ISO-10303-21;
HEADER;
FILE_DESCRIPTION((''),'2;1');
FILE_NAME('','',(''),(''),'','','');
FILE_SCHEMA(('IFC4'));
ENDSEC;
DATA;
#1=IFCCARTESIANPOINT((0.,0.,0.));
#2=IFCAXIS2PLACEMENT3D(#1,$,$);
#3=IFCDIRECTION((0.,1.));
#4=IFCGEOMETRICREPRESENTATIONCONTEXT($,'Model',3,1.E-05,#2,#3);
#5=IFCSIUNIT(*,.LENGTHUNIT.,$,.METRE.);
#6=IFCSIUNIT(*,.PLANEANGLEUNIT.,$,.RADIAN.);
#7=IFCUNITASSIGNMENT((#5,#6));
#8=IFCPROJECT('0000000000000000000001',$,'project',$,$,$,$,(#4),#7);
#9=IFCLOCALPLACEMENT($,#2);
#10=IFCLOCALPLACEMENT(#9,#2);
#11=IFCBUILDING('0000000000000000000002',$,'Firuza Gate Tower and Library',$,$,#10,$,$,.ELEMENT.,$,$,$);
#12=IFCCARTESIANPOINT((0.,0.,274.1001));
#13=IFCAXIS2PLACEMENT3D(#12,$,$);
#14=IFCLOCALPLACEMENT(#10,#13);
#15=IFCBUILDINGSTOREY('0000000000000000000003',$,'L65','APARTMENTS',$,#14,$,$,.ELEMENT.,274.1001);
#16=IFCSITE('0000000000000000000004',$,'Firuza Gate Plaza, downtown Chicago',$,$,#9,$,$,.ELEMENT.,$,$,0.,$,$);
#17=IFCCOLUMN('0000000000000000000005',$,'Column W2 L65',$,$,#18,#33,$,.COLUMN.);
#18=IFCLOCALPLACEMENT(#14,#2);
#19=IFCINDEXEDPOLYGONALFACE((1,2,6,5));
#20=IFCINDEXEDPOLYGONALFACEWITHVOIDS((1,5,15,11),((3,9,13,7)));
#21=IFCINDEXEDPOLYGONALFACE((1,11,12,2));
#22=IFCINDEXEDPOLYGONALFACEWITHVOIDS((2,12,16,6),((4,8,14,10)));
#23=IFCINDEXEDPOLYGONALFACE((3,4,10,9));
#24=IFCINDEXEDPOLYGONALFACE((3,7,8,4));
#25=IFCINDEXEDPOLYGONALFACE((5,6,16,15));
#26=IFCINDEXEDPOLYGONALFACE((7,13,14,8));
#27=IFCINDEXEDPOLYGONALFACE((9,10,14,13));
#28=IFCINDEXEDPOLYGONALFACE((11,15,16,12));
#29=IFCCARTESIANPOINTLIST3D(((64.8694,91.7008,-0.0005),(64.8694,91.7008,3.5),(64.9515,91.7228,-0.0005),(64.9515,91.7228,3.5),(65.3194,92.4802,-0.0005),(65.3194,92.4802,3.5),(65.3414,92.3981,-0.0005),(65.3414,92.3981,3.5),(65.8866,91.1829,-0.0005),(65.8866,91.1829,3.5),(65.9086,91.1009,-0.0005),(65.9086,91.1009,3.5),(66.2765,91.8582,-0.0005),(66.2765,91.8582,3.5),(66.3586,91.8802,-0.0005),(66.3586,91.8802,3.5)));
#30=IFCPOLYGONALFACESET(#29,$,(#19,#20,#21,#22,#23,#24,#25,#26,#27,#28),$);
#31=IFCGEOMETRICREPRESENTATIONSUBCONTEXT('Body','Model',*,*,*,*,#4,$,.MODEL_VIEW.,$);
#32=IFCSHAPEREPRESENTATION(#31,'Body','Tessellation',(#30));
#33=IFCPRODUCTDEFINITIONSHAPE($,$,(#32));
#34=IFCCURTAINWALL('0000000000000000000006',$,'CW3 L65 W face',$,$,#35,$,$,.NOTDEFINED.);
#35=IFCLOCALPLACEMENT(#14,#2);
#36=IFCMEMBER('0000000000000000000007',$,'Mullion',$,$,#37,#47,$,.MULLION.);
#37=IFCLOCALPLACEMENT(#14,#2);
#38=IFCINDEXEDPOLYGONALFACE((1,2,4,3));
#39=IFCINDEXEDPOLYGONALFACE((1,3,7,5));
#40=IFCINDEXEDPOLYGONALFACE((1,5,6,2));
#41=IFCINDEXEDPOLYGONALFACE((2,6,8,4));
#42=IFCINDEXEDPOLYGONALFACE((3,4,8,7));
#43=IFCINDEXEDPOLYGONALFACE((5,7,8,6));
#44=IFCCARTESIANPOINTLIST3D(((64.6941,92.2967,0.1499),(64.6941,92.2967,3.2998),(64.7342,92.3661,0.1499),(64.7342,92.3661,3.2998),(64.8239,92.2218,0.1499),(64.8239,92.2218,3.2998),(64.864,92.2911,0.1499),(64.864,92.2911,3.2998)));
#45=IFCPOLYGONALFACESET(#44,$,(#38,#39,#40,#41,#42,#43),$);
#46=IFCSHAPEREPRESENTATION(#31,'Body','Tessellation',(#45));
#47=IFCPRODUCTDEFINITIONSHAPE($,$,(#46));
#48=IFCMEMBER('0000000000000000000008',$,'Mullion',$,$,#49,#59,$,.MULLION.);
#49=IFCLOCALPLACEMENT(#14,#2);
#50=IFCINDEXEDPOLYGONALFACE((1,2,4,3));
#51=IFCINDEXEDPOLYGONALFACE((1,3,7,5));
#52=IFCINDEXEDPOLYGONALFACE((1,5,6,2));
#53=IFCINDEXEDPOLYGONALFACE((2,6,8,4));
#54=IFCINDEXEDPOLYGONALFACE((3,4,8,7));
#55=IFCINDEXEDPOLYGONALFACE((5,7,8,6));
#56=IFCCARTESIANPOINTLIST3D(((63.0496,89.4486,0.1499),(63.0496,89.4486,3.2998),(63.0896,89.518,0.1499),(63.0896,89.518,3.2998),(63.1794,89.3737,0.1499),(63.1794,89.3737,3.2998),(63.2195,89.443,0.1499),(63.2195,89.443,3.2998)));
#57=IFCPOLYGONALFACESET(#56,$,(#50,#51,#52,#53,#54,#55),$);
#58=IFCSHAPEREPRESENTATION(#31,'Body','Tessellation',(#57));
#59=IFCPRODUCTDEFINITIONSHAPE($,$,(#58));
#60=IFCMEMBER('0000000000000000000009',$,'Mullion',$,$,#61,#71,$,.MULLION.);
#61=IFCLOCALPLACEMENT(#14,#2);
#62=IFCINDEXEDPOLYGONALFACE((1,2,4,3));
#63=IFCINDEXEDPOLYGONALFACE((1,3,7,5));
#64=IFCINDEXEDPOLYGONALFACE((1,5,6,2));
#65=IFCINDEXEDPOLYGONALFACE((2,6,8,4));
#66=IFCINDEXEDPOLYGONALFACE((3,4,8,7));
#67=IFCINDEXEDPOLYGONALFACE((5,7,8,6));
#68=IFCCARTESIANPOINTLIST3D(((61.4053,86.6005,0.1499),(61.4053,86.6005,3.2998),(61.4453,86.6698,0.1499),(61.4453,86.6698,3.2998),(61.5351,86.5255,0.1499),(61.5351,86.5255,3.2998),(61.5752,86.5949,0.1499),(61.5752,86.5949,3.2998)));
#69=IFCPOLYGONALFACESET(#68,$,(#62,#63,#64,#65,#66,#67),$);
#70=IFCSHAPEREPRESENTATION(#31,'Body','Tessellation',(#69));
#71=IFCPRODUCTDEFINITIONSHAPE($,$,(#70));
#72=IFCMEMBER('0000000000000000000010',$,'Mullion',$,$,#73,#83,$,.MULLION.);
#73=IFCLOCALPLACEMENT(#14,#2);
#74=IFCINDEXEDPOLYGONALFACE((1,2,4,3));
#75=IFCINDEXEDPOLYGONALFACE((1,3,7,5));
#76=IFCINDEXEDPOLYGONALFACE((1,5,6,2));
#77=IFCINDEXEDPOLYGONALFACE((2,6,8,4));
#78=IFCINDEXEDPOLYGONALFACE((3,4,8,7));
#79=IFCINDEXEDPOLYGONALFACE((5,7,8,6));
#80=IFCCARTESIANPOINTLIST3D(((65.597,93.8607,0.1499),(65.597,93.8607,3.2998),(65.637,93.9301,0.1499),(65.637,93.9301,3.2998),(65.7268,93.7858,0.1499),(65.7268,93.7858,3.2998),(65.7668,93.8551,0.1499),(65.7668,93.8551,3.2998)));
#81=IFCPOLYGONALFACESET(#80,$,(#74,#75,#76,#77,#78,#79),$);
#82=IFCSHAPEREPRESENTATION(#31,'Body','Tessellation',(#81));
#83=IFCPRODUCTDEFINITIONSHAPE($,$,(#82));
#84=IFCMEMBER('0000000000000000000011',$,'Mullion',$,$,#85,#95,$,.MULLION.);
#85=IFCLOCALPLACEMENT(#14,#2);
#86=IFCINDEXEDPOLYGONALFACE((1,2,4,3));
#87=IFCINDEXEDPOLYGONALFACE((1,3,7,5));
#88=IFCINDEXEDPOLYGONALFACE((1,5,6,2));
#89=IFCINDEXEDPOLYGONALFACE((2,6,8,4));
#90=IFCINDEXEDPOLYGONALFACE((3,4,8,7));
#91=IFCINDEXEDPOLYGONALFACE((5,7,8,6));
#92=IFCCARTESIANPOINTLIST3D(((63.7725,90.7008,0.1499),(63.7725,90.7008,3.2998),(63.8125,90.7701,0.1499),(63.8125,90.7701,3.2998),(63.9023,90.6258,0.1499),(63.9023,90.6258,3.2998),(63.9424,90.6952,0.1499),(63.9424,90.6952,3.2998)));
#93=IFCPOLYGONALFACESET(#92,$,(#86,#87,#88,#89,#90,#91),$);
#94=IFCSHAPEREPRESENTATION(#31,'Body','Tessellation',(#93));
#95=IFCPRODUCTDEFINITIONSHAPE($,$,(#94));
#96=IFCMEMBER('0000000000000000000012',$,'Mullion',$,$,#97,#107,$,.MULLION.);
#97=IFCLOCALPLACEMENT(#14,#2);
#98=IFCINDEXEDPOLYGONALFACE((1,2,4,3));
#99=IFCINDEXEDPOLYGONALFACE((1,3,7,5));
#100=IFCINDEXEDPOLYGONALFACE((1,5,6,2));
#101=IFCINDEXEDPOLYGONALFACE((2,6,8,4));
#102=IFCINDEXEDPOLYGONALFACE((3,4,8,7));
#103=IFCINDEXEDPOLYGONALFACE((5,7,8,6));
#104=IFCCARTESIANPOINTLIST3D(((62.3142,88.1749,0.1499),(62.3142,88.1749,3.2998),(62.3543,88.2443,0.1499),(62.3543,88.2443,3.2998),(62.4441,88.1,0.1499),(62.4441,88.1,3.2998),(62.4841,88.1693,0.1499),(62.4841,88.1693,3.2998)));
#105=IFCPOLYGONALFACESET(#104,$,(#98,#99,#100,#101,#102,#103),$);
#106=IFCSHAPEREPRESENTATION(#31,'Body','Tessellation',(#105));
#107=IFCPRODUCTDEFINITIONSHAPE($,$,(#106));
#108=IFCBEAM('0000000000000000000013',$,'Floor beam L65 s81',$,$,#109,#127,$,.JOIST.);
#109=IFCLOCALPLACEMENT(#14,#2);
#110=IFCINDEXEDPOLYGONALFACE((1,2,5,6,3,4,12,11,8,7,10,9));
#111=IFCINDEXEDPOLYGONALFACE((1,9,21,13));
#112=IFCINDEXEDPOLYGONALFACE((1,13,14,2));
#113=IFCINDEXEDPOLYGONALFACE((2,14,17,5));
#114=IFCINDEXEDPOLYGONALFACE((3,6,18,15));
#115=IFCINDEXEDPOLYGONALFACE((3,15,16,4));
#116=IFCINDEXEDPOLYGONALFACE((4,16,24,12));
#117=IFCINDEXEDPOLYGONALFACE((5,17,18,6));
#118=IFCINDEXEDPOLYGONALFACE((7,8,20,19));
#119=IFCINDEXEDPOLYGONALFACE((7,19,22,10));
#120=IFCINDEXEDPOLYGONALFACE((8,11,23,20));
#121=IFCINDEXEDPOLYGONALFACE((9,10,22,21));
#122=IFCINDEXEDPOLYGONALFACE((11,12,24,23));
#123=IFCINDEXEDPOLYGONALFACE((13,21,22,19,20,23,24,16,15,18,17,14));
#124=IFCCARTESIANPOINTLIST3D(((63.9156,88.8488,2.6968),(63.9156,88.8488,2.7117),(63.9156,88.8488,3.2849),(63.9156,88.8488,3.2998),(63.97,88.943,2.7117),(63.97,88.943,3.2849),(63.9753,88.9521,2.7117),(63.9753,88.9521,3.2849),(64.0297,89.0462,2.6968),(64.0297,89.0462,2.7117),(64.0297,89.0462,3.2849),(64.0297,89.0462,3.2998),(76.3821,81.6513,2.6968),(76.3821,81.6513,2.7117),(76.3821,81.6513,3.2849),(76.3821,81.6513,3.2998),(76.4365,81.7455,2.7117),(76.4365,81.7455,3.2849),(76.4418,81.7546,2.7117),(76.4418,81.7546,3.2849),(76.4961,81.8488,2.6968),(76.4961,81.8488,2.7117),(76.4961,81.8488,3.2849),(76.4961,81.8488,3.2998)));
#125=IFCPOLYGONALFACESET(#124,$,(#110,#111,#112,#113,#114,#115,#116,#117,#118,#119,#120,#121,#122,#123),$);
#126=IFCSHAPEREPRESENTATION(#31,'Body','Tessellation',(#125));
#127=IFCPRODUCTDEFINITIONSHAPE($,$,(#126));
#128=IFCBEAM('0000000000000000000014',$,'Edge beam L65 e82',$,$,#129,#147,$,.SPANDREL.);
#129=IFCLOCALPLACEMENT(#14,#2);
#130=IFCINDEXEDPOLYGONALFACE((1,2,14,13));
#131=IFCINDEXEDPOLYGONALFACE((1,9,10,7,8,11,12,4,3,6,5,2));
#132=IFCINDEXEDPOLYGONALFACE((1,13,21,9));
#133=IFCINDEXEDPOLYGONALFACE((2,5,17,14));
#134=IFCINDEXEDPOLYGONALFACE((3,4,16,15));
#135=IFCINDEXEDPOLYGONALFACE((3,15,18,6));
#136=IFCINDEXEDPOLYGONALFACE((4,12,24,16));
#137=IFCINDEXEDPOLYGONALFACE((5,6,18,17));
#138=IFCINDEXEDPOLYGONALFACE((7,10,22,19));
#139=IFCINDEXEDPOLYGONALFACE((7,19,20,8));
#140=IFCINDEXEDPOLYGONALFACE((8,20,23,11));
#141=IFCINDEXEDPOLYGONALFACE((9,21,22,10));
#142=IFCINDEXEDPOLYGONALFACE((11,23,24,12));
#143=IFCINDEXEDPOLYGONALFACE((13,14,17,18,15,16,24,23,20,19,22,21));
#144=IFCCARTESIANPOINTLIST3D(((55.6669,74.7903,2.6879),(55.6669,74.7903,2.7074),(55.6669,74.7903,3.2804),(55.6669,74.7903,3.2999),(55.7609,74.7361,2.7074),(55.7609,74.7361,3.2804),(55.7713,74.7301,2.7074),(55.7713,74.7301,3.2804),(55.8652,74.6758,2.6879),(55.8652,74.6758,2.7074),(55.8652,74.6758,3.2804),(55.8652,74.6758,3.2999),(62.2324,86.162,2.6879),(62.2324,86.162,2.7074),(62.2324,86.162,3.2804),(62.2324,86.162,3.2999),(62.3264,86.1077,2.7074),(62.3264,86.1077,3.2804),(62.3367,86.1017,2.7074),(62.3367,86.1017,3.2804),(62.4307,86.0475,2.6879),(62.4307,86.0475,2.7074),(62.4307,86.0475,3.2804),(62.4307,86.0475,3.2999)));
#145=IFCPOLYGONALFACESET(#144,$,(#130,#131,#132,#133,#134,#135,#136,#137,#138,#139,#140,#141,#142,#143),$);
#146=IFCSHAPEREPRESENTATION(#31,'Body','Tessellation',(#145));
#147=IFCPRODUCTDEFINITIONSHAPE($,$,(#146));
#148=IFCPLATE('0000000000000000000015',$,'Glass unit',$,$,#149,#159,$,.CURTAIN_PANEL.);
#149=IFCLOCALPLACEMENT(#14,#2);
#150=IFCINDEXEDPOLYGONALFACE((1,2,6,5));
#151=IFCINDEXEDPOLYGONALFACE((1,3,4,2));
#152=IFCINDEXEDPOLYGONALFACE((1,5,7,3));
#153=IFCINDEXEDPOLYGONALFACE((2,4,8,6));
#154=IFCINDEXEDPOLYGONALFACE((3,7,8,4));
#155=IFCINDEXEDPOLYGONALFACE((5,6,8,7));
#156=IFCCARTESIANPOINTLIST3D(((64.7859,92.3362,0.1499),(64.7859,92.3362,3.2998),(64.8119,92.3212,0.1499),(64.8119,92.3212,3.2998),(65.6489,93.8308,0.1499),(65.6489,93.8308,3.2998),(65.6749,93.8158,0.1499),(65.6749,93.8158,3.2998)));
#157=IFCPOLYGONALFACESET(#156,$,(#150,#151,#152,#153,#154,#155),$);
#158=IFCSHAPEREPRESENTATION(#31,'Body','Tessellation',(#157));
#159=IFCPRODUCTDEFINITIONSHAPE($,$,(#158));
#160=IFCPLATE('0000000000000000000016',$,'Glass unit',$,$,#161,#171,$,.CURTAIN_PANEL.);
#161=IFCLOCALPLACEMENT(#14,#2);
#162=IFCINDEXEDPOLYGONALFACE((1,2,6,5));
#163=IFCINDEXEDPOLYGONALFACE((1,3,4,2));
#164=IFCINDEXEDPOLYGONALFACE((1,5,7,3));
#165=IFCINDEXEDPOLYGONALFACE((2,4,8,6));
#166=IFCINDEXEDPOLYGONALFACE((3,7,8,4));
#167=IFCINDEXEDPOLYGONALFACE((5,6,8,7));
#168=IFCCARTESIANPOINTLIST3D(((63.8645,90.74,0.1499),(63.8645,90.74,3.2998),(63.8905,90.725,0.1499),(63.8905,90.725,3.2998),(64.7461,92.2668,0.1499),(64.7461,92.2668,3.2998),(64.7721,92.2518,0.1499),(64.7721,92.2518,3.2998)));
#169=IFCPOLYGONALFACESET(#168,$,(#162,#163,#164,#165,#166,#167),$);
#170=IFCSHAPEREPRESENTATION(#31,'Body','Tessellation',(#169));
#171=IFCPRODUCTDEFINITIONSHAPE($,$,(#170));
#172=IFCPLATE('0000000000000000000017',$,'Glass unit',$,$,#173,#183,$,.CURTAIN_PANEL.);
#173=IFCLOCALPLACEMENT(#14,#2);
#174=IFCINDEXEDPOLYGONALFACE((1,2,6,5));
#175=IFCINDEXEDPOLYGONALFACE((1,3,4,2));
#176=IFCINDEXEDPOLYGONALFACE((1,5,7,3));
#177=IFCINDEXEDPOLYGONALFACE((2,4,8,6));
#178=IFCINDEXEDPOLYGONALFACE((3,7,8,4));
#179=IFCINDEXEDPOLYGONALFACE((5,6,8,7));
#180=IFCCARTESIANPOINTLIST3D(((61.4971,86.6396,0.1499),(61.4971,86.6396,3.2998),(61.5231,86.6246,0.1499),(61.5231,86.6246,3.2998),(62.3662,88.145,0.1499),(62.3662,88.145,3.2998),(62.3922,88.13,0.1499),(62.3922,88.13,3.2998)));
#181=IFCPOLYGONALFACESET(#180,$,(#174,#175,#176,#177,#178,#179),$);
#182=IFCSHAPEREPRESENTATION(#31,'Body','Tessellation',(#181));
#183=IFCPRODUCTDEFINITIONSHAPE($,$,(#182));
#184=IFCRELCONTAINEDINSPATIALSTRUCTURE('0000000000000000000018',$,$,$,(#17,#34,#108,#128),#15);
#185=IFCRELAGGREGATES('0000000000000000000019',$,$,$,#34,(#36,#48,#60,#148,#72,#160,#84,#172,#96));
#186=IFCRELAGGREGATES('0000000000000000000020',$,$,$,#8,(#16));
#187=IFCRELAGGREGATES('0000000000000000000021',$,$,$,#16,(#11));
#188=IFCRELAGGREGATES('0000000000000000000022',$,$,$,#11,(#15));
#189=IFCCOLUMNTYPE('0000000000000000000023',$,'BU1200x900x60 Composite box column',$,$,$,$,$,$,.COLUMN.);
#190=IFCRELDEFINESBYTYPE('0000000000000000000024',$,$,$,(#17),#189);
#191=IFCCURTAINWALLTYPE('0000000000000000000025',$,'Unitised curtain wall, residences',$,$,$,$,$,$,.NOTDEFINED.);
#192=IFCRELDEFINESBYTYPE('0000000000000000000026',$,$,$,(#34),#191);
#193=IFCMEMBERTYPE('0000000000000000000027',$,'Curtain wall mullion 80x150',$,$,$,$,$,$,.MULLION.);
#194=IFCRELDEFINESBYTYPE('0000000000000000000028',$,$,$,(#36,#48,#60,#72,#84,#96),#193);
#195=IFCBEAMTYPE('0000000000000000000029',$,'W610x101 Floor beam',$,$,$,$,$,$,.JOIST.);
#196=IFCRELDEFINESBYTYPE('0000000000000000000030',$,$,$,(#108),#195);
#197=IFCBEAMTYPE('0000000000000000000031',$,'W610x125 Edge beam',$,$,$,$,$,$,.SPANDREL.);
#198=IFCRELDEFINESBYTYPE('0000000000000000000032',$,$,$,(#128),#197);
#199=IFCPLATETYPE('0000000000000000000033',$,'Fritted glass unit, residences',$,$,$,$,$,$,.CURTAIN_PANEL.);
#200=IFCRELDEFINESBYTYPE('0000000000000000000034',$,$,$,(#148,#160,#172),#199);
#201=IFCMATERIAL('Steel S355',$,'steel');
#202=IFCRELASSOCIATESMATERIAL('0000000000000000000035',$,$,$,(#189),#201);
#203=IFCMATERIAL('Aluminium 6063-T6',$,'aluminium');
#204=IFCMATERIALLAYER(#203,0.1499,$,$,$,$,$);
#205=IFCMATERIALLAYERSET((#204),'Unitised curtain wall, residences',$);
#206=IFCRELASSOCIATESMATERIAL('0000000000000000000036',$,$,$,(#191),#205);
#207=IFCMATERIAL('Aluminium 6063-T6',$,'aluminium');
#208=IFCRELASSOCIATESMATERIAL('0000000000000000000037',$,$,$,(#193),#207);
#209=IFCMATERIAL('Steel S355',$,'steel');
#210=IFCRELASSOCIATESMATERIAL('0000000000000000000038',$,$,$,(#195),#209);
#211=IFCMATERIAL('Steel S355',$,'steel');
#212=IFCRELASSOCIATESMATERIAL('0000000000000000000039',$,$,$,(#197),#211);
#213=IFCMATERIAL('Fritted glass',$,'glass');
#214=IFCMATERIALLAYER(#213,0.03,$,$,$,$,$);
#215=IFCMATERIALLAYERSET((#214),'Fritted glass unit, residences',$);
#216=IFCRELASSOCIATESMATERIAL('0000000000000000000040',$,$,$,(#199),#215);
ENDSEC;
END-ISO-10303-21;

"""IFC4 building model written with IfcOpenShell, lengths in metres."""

from ifc_helpers import new_model, si_unit, direction, frame, origin, origin_2d, place, context, subcontext, project, spatial, polyline, rectangle, hollow_rectangle, i_section, outline, extrude, material, layer, layer_set, material_profile, profile_set, type_object, element, aggregate, save


model = new_model("IFC4")

# Units and contexts
model_context = context("Model", 3, precision=1e-05, world=origin(), true_north=direction((0.0, 1.0)))
body_context = subcontext(model_context, "Body", "Model", "MODEL_VIEW")
ifc_project = project(units=[si_unit("LENGTHUNIT", "METRE"), si_unit("PLANEANGLEUNIT", "RADIAN")], contexts=[model_context])

# Site, building, storey
site_placement = place(None, origin())
site = spatial("IfcSite", under=ifc_project, at=site_placement, Name="Firuza Gate Plaza, downtown Chicago", CompositionType="ELEMENT", RefElevation=0.0)
building_placement = place(site_placement, origin())
building = spatial("IfcBuilding", under=site, at=building_placement, Name="Firuza Gate Tower and Library", CompositionType="ELEMENT")
storey_placement = place(building_placement, frame((0.0, 0.0, 274.1001)))
storey = spatial("IfcBuildingStorey", under=building, at=storey_placement, Name="L65", Description="APARTMENTS", CompositionType="ELEMENT", Elevation=274.1001)

# Column
ifc_material_1 = material(Name="Steel S355", Category="steel")
ifc_material_profile_1 = material_profile(ifc_material_1, hollow_rectangle(XDim=0.8999, YDim=1.2, WallThickness=0.0601, at=origin_2d()))
ifc_profile_set_1 = profile_set([ifc_material_profile_1], Name="Steel S355")
column_type = type_object("IfcColumnType", Name="BU1200x900x60 Composite box column", PredefinedType="COLUMN", material=ifc_profile_set_1)
column_placement = place(storey_placement, frame((65.614, 91.7905, -0.0005), z_axis=(0.0, 0.0, 1.0), x_axis=(-0.5, -0.866025, 0.0)))
element("IfcColumn", 1, at=column_placement, inside=storey, type_object=column_type, Name="Column W2 L65", PredefinedType="COLUMN", context=body_context, shape_type="SweptSolid", body=[
    extrude(hollow_rectangle(XDim=0.8999, YDim=1.2, WallThickness=0.0601, at=origin_2d()), origin(), (0.0, 0.0, 1.0), 3.5005),
])

# Curtain wall, members
ifc_material_2 = material(Name="Aluminium 6063-T6", Category="aluminium")
ifc_layer_1 = layer(ifc_material_2, 0.1499)
ifc_layer_set_1 = layer_set([ifc_layer_1], Name="Unitised curtain wall, residences")
curtain_wall_type = type_object("IfcCurtainWallType", Name="Unitised curtain wall, residences", PredefinedType="NOTDEFINED", material=ifc_layer_set_1)
placement = place(storey_placement, origin())
curtain_wall = element("IfcCurtainWall", 2, at=placement, inside=storey, type_object=curtain_wall_type, Name="CW3 L65 W face", PredefinedType="NOTDEFINED")
ifc_material_3 = material(Name="Aluminium 6063-T6", Category="aluminium")
ifc_material_profile_2 = material_profile(ifc_material_3, rectangle(XDim=0.1499, YDim=0.0801, at=origin_2d()))
ifc_profile_set_2 = profile_set([ifc_material_profile_2], Name="Aluminium 6063-T6")
member_type = type_object("IfcMemberType", Name="Curtain wall mullion 80x150", PredefinedType="MULLION", material=ifc_profile_set_2)
member_1_placement = place(storey_placement, frame((64.7791, 92.2939, 0.1499), z_axis=(0.0, 0.0, 1.0), x_axis=(0.866025, -0.5, 0.0)))
member_1 = element("IfcMember", 3, at=member_1_placement, type_object=member_type, Name="Mullion", PredefinedType="MULLION", context=body_context, shape_type="SweptSolid", body=[
    extrude(rectangle(XDim=0.1499, YDim=0.0801, at=origin_2d()), origin(), (0.0, 0.0, 1.0), 3.1499),
])
member_2_placement = place(storey_placement, frame((63.1345, 89.4458, 0.1499), z_axis=(0.0, 0.0, 1.0), x_axis=(0.866025, -0.5, 0.0)))
member_2 = element("IfcMember", 4, at=member_2_placement, type_object=member_type, Name="Mullion", PredefinedType="MULLION", context=body_context, shape_type="SweptSolid", body=[
    extrude(rectangle(XDim=0.1499, YDim=0.0801, at=origin_2d()), origin(), (0.0, 0.0, 1.0), 3.1499),
])
member_3_placement = place(storey_placement, frame((61.4902, 86.5977, 0.1499), z_axis=(0.0, 0.0, 1.0), x_axis=(0.866025, -0.5, 0.0)))
member_3 = element("IfcMember", 5, at=member_3_placement, type_object=member_type, Name="Mullion", PredefinedType="MULLION", context=body_context, shape_type="SweptSolid", body=[
    extrude(rectangle(XDim=0.1499, YDim=0.0801, at=origin_2d()), origin(), (0.0, 0.0, 1.0), 3.1499),
])
member_4_placement = place(storey_placement, frame((65.6819, 93.8579, 0.1499), z_axis=(0.0, 0.0, 1.0), x_axis=(0.866025, -0.5, 0.0)))
member_4 = element("IfcMember", 6, at=member_4_placement, type_object=member_type, Name="Mullion", PredefinedType="MULLION", context=body_context, shape_type="SweptSolid", body=[
    extrude(rectangle(XDim=0.1499, YDim=0.0801, at=origin_2d()), origin(), (0.0, 0.0, 1.0), 3.1499),
])
member_5_placement = place(storey_placement, frame((63.8574, 90.698, 0.1499), z_axis=(0.0, 0.0, 1.0), x_axis=(0.866025, -0.5, 0.0)))
member_5 = element("IfcMember", 7, at=member_5_placement, type_object=member_type, Name="Mullion", PredefinedType="MULLION", context=body_context, shape_type="SweptSolid", body=[
    extrude(rectangle(XDim=0.1499, YDim=0.0801, at=origin_2d()), origin(), (0.0, 0.0, 1.0), 3.1499),
])
member_6_placement = place(storey_placement, frame((62.3992, 88.1721, 0.1499), z_axis=(0.0, 0.0, 1.0), x_axis=(0.866025, -0.5, 0.0)))
member_6 = element("IfcMember", 8, at=member_6_placement, type_object=member_type, Name="Mullion", PredefinedType="MULLION", context=body_context, shape_type="SweptSolid", body=[
    extrude(rectangle(XDim=0.1499, YDim=0.0801, at=origin_2d()), origin(), (0.0, 0.0, 1.0), 3.1499),
])

# Beams
ifc_material_4 = material(Name="Steel S355", Category="steel")
ifc_material_profile_3 = material_profile(ifc_material_4, i_section(OverallWidth=0.228, OverallDepth=0.603, WebThickness=0.0105, FlangeThickness=0.0149, at=origin_2d()))
ifc_profile_set_3 = profile_set([ifc_material_profile_3], Name="Steel S355")
beam_type_1 = type_object("IfcBeamType", Name="W610x101 Floor beam", PredefinedType="JOIST", material=ifc_profile_set_3)
beam_1_placement = place(storey_placement, frame((63.9727, 88.9475, 2.9983), z_axis=(0.866027, -0.499997, 0.0), x_axis=(0.499997, 0.866027, 0.0)))
element("IfcBeam", 9, at=beam_1_placement, inside=storey, type_object=beam_type_1, Name="Floor beam L65 s81", PredefinedType="JOIST", context=body_context, shape_type="SweptSolid", body=[
    extrude(i_section(OverallWidth=0.228, OverallDepth=0.603, WebThickness=0.0105, FlangeThickness=0.0149, at=origin_2d()), origin(), (0.0, 0.0, 1.0), 14.395),
])
ifc_material_5 = material(Name="Steel S355", Category="steel")
ifc_material_profile_4 = material_profile(ifc_material_5, i_section(OverallWidth=0.229, OverallDepth=0.6121, WebThickness=0.012, FlangeThickness=0.0195, at=origin_2d()))
ifc_profile_set_4 = profile_set([ifc_material_profile_4], Name="Steel S355")
beam_type_2 = type_object("IfcBeamType", Name="W610x125 Edge beam", PredefinedType="SPANDREL", material=ifc_profile_set_4)
beam_2_placement = place(storey_placement, frame((62.3315, 86.1047, 2.9939), z_axis=(-0.500002, -0.866024, 0.0), x_axis=(0.866024, -0.500002, 0.0)))
element("IfcBeam", 10, at=beam_2_placement, inside=storey, type_object=beam_type_2, Name="Edge beam L65 e82", PredefinedType="SPANDREL", context=body_context, shape_type="SweptSolid", body=[
    extrude(i_section(OverallWidth=0.229, OverallDepth=0.6121, WebThickness=0.012, FlangeThickness=0.0195, at=origin_2d()), origin(), (0.0, 0.0, 1.0), 13.1309),
])

# Plates
ifc_material_6 = material(Name="Fritted glass", Category="glass")
ifc_layer_2 = layer(ifc_material_6, 0.03)
ifc_layer_set_2 = layer_set([ifc_layer_2], Name="Fritted glass unit, residences")
plate_type_1 = type_object("IfcPlateType", Name="Fritted glass unit, residences", PredefinedType="CURTAIN_PANEL", material=ifc_layer_set_2)
plate_1_placement = place(storey_placement, frame((65.6489, 93.8308, 0.1499), z_axis=(-0.865997, 0.500049, 0.0), x_axis=(-0.500049, -0.865997, 0.0)))
plate_1 = element("IfcPlate", 11, at=plate_1_placement, type_object=plate_type_1, Name="Glass unit", PredefinedType="CURTAIN_PANEL", context=body_context, shape_type="SweptSolid", body=[
    extrude(outline(polyline([(0.0, 0.0), (1.7259, 0.0), (1.7259, 3.1499), (0.0, 3.1499), (0.0, 0.0)])), origin(), (0.0, 0.0, -1.0), 0.03),
])
plate_2_placement = place(storey_placement, frame((64.7461, 92.2668, 0.1499), z_axis=(-0.86601, 0.500026, 0.0), x_axis=(-0.500026, -0.86601, 0.0)))
plate_2 = element("IfcPlate", 12, at=plate_2_placement, type_object=plate_type_1, Name="Glass unit", PredefinedType="CURTAIN_PANEL", context=body_context, shape_type="SweptSolid", body=[
    extrude(outline(polyline([(0.0, 0.0), (1.7631, 0.0), (1.7631, 3.1499), (0.0, 3.1499), (0.0, 0.0)])), origin(), (0.0, 0.0, -1.0), 0.03),
])
plate_3_placement = place(storey_placement, frame((62.3662, 88.145, 0.1499), z_axis=(-0.866022, 0.500006, 0.0), x_axis=(-0.500006, -0.866022, 0.0)))
plate_3 = element("IfcPlate", 13, at=plate_3_placement, type_object=plate_type_1, Name="Glass unit", PredefinedType="CURTAIN_PANEL", context=body_context, shape_type="SweptSolid", body=[
    extrude(outline(polyline([(0.0, 0.0), (1.7383, 0.0), (1.7383, 3.1499), (0.0, 3.1499), (0.0, 0.0)])), origin(), (0.0, 0.0, -1.0), 0.03),
])
aggregate(curtain_wall, [member_1, member_2, member_3, plate_1, member_4, plate_2, member_5, plate_3, member_6])

save(model, "model.ifc")
